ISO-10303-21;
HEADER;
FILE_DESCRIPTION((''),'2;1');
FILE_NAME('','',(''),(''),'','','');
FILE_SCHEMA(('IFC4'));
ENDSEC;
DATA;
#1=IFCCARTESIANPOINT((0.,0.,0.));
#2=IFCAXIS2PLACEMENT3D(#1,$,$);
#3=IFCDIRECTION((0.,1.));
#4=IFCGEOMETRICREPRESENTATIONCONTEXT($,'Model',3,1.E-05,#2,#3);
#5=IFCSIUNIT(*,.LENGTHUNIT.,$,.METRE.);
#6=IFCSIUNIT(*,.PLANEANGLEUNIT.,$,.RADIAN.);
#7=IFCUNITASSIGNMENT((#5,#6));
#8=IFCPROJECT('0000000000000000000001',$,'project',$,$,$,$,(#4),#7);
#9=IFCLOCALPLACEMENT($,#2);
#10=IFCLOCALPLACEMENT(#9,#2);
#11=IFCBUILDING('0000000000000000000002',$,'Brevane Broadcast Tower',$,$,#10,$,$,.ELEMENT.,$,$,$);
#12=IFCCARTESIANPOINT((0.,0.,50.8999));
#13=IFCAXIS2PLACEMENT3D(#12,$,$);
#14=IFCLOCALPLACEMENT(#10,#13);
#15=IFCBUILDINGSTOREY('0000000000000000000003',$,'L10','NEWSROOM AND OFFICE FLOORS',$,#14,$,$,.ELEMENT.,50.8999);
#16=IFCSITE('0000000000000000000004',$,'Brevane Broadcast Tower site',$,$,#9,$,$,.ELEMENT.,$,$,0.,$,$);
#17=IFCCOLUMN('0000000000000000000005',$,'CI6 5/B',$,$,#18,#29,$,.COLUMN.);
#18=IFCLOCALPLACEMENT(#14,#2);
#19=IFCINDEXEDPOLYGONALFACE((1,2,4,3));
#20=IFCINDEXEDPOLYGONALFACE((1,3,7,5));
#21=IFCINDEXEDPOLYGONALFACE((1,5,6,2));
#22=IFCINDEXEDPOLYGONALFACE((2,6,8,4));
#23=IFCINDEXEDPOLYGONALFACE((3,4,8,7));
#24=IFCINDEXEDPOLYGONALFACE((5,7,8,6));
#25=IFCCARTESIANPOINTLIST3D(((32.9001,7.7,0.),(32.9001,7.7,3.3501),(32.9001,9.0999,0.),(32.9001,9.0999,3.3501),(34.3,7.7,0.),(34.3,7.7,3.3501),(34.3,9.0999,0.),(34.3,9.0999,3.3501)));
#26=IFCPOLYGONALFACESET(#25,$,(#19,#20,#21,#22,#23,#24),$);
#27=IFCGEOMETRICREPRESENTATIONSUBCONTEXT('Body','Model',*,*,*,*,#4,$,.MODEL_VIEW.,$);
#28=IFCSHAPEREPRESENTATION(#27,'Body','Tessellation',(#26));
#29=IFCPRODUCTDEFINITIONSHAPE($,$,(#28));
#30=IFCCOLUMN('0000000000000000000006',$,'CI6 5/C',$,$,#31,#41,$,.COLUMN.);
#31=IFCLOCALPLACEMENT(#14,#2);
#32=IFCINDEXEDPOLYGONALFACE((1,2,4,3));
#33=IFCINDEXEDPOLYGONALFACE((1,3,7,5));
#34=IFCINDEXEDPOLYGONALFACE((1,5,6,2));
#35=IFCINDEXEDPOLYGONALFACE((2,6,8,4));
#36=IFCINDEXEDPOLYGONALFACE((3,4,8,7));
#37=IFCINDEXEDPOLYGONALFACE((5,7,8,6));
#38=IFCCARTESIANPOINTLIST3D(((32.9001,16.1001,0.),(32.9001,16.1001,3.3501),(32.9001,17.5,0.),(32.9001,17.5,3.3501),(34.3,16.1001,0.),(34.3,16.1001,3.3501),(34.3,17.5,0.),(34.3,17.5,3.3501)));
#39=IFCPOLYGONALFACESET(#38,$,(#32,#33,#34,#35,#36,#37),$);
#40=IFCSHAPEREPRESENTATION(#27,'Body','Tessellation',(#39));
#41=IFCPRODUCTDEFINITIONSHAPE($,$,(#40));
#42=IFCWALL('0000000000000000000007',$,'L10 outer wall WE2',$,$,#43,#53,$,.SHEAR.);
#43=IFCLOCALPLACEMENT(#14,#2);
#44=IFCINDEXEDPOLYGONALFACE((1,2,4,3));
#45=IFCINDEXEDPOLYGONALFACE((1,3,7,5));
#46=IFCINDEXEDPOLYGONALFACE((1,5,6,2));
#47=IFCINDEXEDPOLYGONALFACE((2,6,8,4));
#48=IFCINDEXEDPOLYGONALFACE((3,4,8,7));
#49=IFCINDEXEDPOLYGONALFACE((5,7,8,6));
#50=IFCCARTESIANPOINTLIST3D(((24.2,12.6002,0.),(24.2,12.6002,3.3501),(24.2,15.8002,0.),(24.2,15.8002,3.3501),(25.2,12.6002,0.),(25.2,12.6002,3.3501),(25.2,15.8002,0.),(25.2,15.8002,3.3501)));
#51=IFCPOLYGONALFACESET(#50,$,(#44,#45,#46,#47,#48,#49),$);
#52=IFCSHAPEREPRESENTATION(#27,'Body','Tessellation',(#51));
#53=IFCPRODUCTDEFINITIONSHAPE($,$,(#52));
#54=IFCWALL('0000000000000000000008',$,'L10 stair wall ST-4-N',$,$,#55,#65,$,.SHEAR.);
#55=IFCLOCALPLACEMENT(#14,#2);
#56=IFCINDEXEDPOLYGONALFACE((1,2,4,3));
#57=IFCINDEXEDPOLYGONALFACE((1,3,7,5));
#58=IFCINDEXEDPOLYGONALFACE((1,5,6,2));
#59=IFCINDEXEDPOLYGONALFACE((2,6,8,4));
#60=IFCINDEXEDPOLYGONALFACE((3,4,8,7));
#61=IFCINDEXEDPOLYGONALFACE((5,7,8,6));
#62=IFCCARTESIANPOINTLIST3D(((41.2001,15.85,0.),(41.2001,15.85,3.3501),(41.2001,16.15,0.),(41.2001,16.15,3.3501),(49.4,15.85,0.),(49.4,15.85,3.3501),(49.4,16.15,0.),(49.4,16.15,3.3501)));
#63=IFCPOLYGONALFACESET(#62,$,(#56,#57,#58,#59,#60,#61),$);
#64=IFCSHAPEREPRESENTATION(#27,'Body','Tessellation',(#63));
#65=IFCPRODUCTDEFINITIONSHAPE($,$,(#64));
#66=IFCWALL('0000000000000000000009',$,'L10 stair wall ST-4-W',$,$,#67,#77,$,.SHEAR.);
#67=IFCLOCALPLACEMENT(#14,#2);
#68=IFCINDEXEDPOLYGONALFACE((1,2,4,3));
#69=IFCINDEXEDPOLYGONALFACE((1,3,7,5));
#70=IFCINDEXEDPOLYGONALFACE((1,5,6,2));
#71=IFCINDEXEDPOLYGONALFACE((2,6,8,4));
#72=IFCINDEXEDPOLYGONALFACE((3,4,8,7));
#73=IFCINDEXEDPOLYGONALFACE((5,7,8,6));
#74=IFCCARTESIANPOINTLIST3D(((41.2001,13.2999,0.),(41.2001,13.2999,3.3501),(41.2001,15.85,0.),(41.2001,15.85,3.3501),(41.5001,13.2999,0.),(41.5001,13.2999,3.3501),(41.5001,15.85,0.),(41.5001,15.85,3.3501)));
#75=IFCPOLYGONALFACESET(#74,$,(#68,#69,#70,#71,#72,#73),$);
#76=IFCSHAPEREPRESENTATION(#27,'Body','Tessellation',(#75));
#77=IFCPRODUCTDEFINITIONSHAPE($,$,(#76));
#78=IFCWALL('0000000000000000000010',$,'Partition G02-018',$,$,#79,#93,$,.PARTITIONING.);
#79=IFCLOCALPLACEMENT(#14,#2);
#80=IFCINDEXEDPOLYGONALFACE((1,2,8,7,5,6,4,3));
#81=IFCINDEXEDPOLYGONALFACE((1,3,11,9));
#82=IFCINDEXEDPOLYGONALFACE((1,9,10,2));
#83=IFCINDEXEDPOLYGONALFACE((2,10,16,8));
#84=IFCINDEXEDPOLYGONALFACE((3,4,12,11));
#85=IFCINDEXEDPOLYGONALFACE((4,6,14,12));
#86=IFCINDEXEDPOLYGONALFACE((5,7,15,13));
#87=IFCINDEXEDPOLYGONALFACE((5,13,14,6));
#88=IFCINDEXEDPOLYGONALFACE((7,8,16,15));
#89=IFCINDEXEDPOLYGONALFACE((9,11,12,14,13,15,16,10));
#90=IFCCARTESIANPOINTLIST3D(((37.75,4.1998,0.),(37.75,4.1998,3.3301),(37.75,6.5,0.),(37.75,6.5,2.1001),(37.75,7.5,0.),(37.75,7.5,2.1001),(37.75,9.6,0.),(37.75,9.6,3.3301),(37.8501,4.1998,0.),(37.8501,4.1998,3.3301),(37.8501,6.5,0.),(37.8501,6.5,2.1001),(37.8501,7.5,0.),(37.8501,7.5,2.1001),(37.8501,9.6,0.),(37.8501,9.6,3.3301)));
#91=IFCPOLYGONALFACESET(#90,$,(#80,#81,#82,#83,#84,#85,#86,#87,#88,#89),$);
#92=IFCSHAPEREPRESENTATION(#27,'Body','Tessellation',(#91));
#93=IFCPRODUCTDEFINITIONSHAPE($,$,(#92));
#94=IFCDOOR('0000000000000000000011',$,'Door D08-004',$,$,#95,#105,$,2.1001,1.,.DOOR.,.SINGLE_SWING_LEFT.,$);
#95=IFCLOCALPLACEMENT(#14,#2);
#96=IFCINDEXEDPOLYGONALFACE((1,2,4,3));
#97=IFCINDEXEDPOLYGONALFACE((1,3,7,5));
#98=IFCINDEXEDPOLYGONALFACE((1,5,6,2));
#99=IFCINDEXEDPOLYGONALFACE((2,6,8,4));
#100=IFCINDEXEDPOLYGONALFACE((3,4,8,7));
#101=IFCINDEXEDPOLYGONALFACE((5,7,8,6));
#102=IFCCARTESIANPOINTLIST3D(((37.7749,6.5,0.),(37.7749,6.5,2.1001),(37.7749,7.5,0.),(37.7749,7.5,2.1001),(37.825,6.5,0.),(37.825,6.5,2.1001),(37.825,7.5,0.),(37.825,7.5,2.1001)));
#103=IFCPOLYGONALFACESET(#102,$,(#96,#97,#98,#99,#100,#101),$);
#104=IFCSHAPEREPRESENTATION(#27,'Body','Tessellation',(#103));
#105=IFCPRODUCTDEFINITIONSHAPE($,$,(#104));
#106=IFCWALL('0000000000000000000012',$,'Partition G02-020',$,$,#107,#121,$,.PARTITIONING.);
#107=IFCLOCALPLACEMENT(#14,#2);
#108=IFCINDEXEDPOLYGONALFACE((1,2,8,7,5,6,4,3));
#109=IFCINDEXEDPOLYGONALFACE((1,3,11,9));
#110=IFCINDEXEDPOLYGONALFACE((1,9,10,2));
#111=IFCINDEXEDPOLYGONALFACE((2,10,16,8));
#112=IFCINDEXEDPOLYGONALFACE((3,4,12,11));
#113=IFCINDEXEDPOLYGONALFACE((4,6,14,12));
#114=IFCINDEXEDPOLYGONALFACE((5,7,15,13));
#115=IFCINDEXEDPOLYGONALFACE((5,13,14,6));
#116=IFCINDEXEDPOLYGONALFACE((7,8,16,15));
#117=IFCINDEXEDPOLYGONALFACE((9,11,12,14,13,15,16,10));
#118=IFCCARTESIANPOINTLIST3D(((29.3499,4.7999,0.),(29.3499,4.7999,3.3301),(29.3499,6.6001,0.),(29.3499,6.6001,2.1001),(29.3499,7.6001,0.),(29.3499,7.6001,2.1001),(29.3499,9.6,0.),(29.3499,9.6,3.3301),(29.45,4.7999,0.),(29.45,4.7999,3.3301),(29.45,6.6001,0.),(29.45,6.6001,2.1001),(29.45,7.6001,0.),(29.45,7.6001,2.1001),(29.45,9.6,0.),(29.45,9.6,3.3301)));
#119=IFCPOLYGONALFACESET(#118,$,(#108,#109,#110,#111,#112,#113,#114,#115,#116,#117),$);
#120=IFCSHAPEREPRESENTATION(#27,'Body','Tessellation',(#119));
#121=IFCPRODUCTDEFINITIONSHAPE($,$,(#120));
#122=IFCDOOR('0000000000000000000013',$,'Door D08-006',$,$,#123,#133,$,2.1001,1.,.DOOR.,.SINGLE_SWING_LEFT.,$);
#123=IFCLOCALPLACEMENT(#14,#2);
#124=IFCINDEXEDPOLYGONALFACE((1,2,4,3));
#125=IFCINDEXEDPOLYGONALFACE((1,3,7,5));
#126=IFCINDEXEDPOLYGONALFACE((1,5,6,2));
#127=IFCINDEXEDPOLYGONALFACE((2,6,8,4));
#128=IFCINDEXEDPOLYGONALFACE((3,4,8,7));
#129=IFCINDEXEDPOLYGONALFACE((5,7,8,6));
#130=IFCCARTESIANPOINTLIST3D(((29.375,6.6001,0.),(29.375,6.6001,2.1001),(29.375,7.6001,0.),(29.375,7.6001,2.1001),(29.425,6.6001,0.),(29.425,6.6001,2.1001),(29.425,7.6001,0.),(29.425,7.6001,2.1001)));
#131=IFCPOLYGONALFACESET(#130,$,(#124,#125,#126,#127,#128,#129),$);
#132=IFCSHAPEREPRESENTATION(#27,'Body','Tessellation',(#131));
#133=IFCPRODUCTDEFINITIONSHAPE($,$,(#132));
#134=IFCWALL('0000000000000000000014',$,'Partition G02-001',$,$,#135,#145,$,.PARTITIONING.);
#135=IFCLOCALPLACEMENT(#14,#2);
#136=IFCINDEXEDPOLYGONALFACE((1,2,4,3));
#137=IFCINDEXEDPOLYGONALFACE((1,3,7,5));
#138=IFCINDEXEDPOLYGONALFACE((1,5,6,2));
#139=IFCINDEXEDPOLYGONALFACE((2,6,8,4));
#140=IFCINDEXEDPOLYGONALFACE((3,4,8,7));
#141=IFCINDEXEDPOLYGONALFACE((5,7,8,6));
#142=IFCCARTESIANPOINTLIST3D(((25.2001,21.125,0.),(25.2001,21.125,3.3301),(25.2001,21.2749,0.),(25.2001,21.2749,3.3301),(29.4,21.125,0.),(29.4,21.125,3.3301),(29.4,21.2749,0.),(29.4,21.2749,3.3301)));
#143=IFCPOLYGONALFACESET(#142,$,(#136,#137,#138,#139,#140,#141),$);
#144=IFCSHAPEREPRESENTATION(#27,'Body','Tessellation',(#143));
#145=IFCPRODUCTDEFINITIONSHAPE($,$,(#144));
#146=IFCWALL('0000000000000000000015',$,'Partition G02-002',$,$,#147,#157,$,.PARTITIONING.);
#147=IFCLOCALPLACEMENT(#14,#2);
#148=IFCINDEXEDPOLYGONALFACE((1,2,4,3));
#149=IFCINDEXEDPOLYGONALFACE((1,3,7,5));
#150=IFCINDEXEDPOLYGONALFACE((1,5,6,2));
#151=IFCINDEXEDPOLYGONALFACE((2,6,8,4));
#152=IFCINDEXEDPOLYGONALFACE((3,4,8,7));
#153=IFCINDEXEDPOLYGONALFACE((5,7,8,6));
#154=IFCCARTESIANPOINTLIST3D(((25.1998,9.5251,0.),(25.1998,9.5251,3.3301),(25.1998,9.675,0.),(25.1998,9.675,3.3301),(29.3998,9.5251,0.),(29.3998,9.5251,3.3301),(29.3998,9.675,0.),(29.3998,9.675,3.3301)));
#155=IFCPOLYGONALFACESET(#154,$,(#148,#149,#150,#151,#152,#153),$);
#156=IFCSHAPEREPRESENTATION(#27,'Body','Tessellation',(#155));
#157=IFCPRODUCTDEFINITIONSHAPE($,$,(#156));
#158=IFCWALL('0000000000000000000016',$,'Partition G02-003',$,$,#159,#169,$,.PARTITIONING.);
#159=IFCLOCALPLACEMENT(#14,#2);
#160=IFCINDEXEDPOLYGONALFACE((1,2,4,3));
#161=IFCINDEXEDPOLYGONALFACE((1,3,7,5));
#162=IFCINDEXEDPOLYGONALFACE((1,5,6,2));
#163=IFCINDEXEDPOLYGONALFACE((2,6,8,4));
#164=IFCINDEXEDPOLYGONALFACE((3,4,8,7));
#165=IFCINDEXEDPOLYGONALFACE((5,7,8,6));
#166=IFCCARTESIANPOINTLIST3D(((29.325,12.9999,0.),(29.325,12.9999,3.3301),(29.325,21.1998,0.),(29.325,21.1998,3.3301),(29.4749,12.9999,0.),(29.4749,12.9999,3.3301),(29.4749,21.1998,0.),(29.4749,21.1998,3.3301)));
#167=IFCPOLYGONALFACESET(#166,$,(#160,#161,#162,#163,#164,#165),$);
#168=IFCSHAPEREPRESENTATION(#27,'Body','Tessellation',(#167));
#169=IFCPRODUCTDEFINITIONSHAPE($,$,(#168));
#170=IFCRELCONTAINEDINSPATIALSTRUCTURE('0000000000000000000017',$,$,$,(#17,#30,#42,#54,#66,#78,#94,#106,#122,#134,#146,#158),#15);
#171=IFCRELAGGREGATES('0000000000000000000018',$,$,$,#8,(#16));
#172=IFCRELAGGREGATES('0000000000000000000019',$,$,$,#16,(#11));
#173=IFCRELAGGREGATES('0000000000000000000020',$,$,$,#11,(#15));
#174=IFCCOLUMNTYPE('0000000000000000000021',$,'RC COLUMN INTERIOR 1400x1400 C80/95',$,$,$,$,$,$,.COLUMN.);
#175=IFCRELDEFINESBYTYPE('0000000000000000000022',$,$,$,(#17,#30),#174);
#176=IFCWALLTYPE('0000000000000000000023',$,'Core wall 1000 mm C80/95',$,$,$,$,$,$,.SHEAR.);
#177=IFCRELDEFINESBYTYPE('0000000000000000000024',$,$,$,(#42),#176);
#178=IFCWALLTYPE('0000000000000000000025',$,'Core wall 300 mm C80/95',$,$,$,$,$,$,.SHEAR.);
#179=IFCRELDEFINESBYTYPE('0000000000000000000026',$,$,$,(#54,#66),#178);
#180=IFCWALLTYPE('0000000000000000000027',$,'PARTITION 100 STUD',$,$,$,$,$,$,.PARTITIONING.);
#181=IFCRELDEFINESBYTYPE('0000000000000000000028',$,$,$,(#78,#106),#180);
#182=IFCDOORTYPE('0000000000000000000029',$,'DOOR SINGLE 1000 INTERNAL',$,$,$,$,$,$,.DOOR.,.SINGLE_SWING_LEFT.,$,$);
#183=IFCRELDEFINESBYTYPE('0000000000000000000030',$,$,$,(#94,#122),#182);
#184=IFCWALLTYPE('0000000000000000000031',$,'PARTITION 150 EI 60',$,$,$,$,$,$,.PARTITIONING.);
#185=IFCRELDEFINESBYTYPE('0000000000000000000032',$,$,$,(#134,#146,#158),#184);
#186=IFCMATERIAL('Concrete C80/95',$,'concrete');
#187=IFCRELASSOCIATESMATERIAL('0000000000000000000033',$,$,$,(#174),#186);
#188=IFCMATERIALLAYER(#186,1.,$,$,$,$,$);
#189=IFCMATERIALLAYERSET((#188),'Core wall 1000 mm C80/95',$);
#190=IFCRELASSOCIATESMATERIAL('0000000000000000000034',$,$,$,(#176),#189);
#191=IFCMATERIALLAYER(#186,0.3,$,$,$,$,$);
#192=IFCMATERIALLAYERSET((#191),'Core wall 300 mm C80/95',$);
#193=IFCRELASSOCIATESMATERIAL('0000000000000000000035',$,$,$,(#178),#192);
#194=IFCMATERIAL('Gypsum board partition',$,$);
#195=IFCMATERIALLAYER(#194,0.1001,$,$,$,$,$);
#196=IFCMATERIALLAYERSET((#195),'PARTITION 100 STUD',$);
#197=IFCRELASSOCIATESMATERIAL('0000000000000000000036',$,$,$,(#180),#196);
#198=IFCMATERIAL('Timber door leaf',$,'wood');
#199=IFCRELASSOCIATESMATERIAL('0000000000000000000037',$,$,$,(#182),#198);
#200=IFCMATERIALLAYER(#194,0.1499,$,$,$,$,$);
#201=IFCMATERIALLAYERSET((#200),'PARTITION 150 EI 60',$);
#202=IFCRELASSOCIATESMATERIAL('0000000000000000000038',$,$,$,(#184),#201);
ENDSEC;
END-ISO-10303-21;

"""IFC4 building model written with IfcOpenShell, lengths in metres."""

from ifc_helpers import new_model, si_unit, direction, frame, frame_2d, origin, origin_2d, place, context, subcontext, project, spatial, rectangle, extrude, material, layer, layer_set, material_profile, profile_set, type_object, element, fill, save


model = new_model("IFC4")

# Units and contexts
model_context = context("Model", 3, precision=1e-05, world=origin(), true_north=direction((0.0, 1.0)))
body_context = subcontext(model_context, "Body", "Model", "MODEL_VIEW")
ifc_project = project(units=[si_unit("LENGTHUNIT", "METRE"), si_unit("PLANEANGLEUNIT", "RADIAN")], contexts=[model_context])

# Site, building, storey
site_placement = place(None, origin())
site = spatial("IfcSite", under=ifc_project, at=site_placement, Name="Brevane Broadcast Tower site", CompositionType="ELEMENT", RefElevation=0.0)
building_placement = place(site_placement, origin())
building = spatial("IfcBuilding", under=site, at=building_placement, Name="Brevane Broadcast Tower", CompositionType="ELEMENT")
storey_placement = place(building_placement, frame((0.0, 0.0, 50.8999)))
storey = spatial("IfcBuildingStorey", under=building, at=storey_placement, Name="L10", Description="NEWSROOM AND OFFICE FLOORS", CompositionType="ELEMENT", Elevation=50.8999)

# Columns
ifc_material_1 = material(Name="Concrete C80/95", Category="concrete")
ifc_material_profile = material_profile(ifc_material_1, rectangle(XDim=1.3999, YDim=1.3999, at=origin_2d()), Name="RC 1400x1400")
ifc_profile_set = profile_set([ifc_material_profile], Name="Concrete C80/95")
column_type = type_object("IfcColumnType", Name="RC COLUMN INTERIOR 1400x1400 C80/95", PredefinedType="COLUMN", material=ifc_profile_set)
for number, where, z_axis, x_axis, name in (
    (1, (33.6001, 8.3999, 0.0), (0.0, 0.0, 1.0), (1.0, 0.0, 0.0), "CI6 5/B"),
    (2, (33.6001, 16.8, 0.0), (0.0, 0.0, 1.0), (1.0, 0.0, 0.0), "CI6 5/C"),
):
    element("IfcColumn", number, at=place(storey_placement, frame(where, z_axis=z_axis, x_axis=x_axis)), inside=storey, type_object=column_type, Name=name, PredefinedType="COLUMN", context=body_context, shape_type="SweptSolid", body=[
        extrude(rectangle(XDim=1.3999, YDim=1.3999, at=origin_2d()), origin(), (0.0, 0.0, 1.0), 3.3501),
    ])

# Walls
ifc_layer_1 = layer(ifc_material_1, 1.0)
ifc_layer_set_1 = layer_set([ifc_layer_1], Name="Core wall 1000 mm C80/95")
wall_type_1 = type_object("IfcWallType", Name="Core wall 1000 mm C80/95", PredefinedType="SHEAR", material=ifc_layer_set_1)
wall_1_placement = place(storey_placement, frame((24.7, 12.6001, 0.0), z_axis=(0.0, 0.0, 1.0), x_axis=(0.0, 1.0, 0.0)))
element("IfcWall", 3, at=wall_1_placement, inside=storey, type_object=wall_type_1, Name="L10 outer wall WE2", PredefinedType="SHEAR", context=body_context, shape_type="SweptSolid", body=[
    extrude(rectangle(XDim=3.2, YDim=1.0, at=frame_2d((1.6001, 0.0))), origin(), (0.0, 0.0, 1.0), 3.3501),
])
ifc_layer_2 = layer(ifc_material_1, 0.3)
ifc_layer_set_2 = layer_set([ifc_layer_2], Name="Core wall 300 mm C80/95")
wall_type_2 = type_object("IfcWallType", Name="Core wall 300 mm C80/95", PredefinedType="SHEAR", material=ifc_layer_set_2)
wall_2_placement = place(storey_placement, frame((41.2, 16.0, 0.0), z_axis=(0.0, 0.0, 1.0), x_axis=(1.0, 0.0, 0.0)))
element("IfcWall", 4, at=wall_2_placement, inside=storey, type_object=wall_type_2, Name="L10 stair wall ST-4-N", PredefinedType="SHEAR", context=body_context, shape_type="SweptSolid", body=[
    extrude(rectangle(XDim=8.2, YDim=0.3, at=frame_2d((4.1001, 0.0))), origin(), (0.0, 0.0, 1.0), 3.3501),
])
wall_3_placement = place(storey_placement, frame((41.3501, 13.3, 0.0), z_axis=(0.0, 0.0, 1.0), x_axis=(0.0, 1.0, 0.0)))
element("IfcWall", 5, at=wall_3_placement, inside=storey, type_object=wall_type_2, Name="L10 stair wall ST-4-W", PredefinedType="SHEAR", context=body_context, shape_type="SweptSolid", body=[
    extrude(rectangle(XDim=2.55, YDim=0.3, at=frame_2d((1.2749, 0.0))), origin(), (0.0, 0.0, 1.0), 3.3501),
])

# Walls, openings, doors
ifc_material_2 = material(Name="Gypsum board partition")
ifc_layer_3 = layer(ifc_material_2, 0.1001)
ifc_layer_set_3 = layer_set([ifc_layer_3], Name="PARTITION 100 STUD")
wall_type_3 = type_object("IfcWallType", Name="PARTITION 100 STUD", PredefinedType="PARTITIONING", material=ifc_layer_set_3)
wall_4_placement = place(storey_placement, frame((37.8, 9.6001, 0.0), z_axis=(0.0, 0.0, 1.0), x_axis=(0.0, -1.0, 0.0)))
wall_4 = element("IfcWall", 6, at=wall_4_placement, inside=storey, type_object=wall_type_3, Name="Partition G02-018", PredefinedType="PARTITIONING", context=body_context, shape_type="SweptSolid", body=[
    extrude(rectangle(XDim=5.4001, YDim=0.1001, at=frame_2d((2.7002, 0.0))), origin(), (0.0, 0.0, 1.0), 3.3301),
])
opening_1_placement = place(wall_4_placement, frame((2.1001, 0.0, 0.0)))
opening_1 = element("IfcOpeningElement", 7, at=opening_1_placement, cuts=wall_4, PredefinedType="OPENING", context=body_context, shape_type="SweptSolid", body=[
    extrude(rectangle(XDim=1.0, YDim=2.1001, at=frame_2d((0.5, 1.05))), frame((0.0, 0.0601, 0.0), z_axis=(0.0, -1.0, 0.0), x_axis=(1.0, 0.0, 0.0)), (0.0, 0.0, 1.0), 0.1201),
])
ifc_material_3 = material(Name="Timber door leaf", Category="wood")
door_type_1 = type_object("IfcDoorType", Name="DOOR SINGLE 1000 INTERNAL", OperationType="SINGLE_SWING_LEFT", PredefinedType="DOOR", material=ifc_material_3)
door_1_placement = place(opening_1_placement, origin())
door_1 = element("IfcDoor", 8, at=door_1_placement, inside=storey, type_object=door_type_1, Name="Door D08-004", OperationType="SINGLE_SWING_LEFT", OverallHeight=2.1001, OverallWidth=1.0, PredefinedType="DOOR", context=body_context, shape_type="SweptSolid", body=[
    extrude(rectangle(XDim=1.0, YDim=2.1001, at=frame_2d((0.5, 1.05))), frame((0.0, 0.0249, 0.0), z_axis=(0.0, -1.0, 0.0), x_axis=(1.0, 0.0, 0.0)), (0.0, 0.0, 1.0), 0.05),
])
fill(opening_1, door_1)
wall_5_placement = place(storey_placement, frame((29.3999, 4.8, 0.0), z_axis=(0.0, 0.0, 1.0), x_axis=(0.0, 1.0, 0.0)))
wall_5 = element("IfcWall", 9, at=wall_5_placement, inside=storey, type_object=wall_type_3, Name="Partition G02-020", PredefinedType="PARTITIONING", context=body_context, shape_type="SweptSolid", body=[
    extrude(rectangle(XDim=4.8, YDim=0.1001, at=frame_2d((2.3999, 0.0))), origin(), (0.0, 0.0, 1.0), 3.3301),
])
opening_2_placement = place(wall_5_placement, frame((1.8, 0.0, 0.0)))
opening_2 = element("IfcOpeningElement", 10, at=opening_2_placement, cuts=wall_5, PredefinedType="OPENING", context=body_context, shape_type="SweptSolid", body=[
    extrude(rectangle(XDim=1.0, YDim=2.1001, at=frame_2d((0.5, 1.05))), frame((0.0, 0.0601, 0.0), z_axis=(0.0, -1.0, 0.0), x_axis=(1.0, 0.0, 0.0)), (0.0, 0.0, 1.0), 0.1201),
])
door_2_placement = place(opening_2_placement, origin())
door_2 = element("IfcDoor", 11, at=door_2_placement, inside=storey, type_object=door_type_1, Name="Door D08-006", OperationType="SINGLE_SWING_LEFT", OverallHeight=2.1001, OverallWidth=1.0, PredefinedType="DOOR", context=body_context, shape_type="SweptSolid", body=[
    extrude(rectangle(XDim=1.0, YDim=2.1001, at=frame_2d((0.5, 1.05))), frame((0.0, 0.0249, 0.0), z_axis=(0.0, -1.0, 0.0), x_axis=(1.0, 0.0, 0.0)), (0.0, 0.0, 1.0), 0.05),
])
fill(opening_2, door_2)

# Walls
ifc_layer_4 = layer(ifc_material_2, 0.1499)
ifc_layer_set_4 = layer_set([ifc_layer_4], Name="PARTITION 150 EI 60")
wall_type_4 = type_object("IfcWallType", Name="PARTITION 150 EI 60", PredefinedType="PARTITIONING", material=ifc_layer_set_4)
for number, where, z_axis, x_axis, name in (
    (12, (25.2, 21.2, 0.0), (0.0, 0.0, 1.0), (1.0, 0.0, 0.0), "Partition G02-001"),
    (13, (29.3999, 9.6001, 0.0), (0.0, 0.0, 1.0), (-1.0, 0.0, 0.0), "Partition G02-002"),
):
    element("IfcWall", number, at=place(storey_placement, frame(where, z_axis=z_axis, x_axis=x_axis)), inside=storey, type_object=wall_type_4, Name=name, PredefinedType="PARTITIONING", context=body_context, shape_type="SweptSolid", body=[
        extrude(rectangle(XDim=4.2, YDim=0.1499, at=frame_2d((2.1001, 0.0))), origin(), (0.0, 0.0, 1.0), 3.3301),
    ])
wall_6_placement = place(storey_placement, frame((29.3999, 21.2, 0.0), z_axis=(0.0, 0.0, 1.0), x_axis=(0.0, -1.0, 0.0)))
element("IfcWall", 14, at=wall_6_placement, inside=storey, type_object=wall_type_4, Name="Partition G02-003", PredefinedType="PARTITIONING", context=body_context, shape_type="SweptSolid", body=[
    extrude(rectangle(XDim=8.2, YDim=0.1499, at=frame_2d((4.1001, 0.0))), origin(), (0.0, 0.0, 1.0), 3.3301),
])

save(model, "model.ifc")
